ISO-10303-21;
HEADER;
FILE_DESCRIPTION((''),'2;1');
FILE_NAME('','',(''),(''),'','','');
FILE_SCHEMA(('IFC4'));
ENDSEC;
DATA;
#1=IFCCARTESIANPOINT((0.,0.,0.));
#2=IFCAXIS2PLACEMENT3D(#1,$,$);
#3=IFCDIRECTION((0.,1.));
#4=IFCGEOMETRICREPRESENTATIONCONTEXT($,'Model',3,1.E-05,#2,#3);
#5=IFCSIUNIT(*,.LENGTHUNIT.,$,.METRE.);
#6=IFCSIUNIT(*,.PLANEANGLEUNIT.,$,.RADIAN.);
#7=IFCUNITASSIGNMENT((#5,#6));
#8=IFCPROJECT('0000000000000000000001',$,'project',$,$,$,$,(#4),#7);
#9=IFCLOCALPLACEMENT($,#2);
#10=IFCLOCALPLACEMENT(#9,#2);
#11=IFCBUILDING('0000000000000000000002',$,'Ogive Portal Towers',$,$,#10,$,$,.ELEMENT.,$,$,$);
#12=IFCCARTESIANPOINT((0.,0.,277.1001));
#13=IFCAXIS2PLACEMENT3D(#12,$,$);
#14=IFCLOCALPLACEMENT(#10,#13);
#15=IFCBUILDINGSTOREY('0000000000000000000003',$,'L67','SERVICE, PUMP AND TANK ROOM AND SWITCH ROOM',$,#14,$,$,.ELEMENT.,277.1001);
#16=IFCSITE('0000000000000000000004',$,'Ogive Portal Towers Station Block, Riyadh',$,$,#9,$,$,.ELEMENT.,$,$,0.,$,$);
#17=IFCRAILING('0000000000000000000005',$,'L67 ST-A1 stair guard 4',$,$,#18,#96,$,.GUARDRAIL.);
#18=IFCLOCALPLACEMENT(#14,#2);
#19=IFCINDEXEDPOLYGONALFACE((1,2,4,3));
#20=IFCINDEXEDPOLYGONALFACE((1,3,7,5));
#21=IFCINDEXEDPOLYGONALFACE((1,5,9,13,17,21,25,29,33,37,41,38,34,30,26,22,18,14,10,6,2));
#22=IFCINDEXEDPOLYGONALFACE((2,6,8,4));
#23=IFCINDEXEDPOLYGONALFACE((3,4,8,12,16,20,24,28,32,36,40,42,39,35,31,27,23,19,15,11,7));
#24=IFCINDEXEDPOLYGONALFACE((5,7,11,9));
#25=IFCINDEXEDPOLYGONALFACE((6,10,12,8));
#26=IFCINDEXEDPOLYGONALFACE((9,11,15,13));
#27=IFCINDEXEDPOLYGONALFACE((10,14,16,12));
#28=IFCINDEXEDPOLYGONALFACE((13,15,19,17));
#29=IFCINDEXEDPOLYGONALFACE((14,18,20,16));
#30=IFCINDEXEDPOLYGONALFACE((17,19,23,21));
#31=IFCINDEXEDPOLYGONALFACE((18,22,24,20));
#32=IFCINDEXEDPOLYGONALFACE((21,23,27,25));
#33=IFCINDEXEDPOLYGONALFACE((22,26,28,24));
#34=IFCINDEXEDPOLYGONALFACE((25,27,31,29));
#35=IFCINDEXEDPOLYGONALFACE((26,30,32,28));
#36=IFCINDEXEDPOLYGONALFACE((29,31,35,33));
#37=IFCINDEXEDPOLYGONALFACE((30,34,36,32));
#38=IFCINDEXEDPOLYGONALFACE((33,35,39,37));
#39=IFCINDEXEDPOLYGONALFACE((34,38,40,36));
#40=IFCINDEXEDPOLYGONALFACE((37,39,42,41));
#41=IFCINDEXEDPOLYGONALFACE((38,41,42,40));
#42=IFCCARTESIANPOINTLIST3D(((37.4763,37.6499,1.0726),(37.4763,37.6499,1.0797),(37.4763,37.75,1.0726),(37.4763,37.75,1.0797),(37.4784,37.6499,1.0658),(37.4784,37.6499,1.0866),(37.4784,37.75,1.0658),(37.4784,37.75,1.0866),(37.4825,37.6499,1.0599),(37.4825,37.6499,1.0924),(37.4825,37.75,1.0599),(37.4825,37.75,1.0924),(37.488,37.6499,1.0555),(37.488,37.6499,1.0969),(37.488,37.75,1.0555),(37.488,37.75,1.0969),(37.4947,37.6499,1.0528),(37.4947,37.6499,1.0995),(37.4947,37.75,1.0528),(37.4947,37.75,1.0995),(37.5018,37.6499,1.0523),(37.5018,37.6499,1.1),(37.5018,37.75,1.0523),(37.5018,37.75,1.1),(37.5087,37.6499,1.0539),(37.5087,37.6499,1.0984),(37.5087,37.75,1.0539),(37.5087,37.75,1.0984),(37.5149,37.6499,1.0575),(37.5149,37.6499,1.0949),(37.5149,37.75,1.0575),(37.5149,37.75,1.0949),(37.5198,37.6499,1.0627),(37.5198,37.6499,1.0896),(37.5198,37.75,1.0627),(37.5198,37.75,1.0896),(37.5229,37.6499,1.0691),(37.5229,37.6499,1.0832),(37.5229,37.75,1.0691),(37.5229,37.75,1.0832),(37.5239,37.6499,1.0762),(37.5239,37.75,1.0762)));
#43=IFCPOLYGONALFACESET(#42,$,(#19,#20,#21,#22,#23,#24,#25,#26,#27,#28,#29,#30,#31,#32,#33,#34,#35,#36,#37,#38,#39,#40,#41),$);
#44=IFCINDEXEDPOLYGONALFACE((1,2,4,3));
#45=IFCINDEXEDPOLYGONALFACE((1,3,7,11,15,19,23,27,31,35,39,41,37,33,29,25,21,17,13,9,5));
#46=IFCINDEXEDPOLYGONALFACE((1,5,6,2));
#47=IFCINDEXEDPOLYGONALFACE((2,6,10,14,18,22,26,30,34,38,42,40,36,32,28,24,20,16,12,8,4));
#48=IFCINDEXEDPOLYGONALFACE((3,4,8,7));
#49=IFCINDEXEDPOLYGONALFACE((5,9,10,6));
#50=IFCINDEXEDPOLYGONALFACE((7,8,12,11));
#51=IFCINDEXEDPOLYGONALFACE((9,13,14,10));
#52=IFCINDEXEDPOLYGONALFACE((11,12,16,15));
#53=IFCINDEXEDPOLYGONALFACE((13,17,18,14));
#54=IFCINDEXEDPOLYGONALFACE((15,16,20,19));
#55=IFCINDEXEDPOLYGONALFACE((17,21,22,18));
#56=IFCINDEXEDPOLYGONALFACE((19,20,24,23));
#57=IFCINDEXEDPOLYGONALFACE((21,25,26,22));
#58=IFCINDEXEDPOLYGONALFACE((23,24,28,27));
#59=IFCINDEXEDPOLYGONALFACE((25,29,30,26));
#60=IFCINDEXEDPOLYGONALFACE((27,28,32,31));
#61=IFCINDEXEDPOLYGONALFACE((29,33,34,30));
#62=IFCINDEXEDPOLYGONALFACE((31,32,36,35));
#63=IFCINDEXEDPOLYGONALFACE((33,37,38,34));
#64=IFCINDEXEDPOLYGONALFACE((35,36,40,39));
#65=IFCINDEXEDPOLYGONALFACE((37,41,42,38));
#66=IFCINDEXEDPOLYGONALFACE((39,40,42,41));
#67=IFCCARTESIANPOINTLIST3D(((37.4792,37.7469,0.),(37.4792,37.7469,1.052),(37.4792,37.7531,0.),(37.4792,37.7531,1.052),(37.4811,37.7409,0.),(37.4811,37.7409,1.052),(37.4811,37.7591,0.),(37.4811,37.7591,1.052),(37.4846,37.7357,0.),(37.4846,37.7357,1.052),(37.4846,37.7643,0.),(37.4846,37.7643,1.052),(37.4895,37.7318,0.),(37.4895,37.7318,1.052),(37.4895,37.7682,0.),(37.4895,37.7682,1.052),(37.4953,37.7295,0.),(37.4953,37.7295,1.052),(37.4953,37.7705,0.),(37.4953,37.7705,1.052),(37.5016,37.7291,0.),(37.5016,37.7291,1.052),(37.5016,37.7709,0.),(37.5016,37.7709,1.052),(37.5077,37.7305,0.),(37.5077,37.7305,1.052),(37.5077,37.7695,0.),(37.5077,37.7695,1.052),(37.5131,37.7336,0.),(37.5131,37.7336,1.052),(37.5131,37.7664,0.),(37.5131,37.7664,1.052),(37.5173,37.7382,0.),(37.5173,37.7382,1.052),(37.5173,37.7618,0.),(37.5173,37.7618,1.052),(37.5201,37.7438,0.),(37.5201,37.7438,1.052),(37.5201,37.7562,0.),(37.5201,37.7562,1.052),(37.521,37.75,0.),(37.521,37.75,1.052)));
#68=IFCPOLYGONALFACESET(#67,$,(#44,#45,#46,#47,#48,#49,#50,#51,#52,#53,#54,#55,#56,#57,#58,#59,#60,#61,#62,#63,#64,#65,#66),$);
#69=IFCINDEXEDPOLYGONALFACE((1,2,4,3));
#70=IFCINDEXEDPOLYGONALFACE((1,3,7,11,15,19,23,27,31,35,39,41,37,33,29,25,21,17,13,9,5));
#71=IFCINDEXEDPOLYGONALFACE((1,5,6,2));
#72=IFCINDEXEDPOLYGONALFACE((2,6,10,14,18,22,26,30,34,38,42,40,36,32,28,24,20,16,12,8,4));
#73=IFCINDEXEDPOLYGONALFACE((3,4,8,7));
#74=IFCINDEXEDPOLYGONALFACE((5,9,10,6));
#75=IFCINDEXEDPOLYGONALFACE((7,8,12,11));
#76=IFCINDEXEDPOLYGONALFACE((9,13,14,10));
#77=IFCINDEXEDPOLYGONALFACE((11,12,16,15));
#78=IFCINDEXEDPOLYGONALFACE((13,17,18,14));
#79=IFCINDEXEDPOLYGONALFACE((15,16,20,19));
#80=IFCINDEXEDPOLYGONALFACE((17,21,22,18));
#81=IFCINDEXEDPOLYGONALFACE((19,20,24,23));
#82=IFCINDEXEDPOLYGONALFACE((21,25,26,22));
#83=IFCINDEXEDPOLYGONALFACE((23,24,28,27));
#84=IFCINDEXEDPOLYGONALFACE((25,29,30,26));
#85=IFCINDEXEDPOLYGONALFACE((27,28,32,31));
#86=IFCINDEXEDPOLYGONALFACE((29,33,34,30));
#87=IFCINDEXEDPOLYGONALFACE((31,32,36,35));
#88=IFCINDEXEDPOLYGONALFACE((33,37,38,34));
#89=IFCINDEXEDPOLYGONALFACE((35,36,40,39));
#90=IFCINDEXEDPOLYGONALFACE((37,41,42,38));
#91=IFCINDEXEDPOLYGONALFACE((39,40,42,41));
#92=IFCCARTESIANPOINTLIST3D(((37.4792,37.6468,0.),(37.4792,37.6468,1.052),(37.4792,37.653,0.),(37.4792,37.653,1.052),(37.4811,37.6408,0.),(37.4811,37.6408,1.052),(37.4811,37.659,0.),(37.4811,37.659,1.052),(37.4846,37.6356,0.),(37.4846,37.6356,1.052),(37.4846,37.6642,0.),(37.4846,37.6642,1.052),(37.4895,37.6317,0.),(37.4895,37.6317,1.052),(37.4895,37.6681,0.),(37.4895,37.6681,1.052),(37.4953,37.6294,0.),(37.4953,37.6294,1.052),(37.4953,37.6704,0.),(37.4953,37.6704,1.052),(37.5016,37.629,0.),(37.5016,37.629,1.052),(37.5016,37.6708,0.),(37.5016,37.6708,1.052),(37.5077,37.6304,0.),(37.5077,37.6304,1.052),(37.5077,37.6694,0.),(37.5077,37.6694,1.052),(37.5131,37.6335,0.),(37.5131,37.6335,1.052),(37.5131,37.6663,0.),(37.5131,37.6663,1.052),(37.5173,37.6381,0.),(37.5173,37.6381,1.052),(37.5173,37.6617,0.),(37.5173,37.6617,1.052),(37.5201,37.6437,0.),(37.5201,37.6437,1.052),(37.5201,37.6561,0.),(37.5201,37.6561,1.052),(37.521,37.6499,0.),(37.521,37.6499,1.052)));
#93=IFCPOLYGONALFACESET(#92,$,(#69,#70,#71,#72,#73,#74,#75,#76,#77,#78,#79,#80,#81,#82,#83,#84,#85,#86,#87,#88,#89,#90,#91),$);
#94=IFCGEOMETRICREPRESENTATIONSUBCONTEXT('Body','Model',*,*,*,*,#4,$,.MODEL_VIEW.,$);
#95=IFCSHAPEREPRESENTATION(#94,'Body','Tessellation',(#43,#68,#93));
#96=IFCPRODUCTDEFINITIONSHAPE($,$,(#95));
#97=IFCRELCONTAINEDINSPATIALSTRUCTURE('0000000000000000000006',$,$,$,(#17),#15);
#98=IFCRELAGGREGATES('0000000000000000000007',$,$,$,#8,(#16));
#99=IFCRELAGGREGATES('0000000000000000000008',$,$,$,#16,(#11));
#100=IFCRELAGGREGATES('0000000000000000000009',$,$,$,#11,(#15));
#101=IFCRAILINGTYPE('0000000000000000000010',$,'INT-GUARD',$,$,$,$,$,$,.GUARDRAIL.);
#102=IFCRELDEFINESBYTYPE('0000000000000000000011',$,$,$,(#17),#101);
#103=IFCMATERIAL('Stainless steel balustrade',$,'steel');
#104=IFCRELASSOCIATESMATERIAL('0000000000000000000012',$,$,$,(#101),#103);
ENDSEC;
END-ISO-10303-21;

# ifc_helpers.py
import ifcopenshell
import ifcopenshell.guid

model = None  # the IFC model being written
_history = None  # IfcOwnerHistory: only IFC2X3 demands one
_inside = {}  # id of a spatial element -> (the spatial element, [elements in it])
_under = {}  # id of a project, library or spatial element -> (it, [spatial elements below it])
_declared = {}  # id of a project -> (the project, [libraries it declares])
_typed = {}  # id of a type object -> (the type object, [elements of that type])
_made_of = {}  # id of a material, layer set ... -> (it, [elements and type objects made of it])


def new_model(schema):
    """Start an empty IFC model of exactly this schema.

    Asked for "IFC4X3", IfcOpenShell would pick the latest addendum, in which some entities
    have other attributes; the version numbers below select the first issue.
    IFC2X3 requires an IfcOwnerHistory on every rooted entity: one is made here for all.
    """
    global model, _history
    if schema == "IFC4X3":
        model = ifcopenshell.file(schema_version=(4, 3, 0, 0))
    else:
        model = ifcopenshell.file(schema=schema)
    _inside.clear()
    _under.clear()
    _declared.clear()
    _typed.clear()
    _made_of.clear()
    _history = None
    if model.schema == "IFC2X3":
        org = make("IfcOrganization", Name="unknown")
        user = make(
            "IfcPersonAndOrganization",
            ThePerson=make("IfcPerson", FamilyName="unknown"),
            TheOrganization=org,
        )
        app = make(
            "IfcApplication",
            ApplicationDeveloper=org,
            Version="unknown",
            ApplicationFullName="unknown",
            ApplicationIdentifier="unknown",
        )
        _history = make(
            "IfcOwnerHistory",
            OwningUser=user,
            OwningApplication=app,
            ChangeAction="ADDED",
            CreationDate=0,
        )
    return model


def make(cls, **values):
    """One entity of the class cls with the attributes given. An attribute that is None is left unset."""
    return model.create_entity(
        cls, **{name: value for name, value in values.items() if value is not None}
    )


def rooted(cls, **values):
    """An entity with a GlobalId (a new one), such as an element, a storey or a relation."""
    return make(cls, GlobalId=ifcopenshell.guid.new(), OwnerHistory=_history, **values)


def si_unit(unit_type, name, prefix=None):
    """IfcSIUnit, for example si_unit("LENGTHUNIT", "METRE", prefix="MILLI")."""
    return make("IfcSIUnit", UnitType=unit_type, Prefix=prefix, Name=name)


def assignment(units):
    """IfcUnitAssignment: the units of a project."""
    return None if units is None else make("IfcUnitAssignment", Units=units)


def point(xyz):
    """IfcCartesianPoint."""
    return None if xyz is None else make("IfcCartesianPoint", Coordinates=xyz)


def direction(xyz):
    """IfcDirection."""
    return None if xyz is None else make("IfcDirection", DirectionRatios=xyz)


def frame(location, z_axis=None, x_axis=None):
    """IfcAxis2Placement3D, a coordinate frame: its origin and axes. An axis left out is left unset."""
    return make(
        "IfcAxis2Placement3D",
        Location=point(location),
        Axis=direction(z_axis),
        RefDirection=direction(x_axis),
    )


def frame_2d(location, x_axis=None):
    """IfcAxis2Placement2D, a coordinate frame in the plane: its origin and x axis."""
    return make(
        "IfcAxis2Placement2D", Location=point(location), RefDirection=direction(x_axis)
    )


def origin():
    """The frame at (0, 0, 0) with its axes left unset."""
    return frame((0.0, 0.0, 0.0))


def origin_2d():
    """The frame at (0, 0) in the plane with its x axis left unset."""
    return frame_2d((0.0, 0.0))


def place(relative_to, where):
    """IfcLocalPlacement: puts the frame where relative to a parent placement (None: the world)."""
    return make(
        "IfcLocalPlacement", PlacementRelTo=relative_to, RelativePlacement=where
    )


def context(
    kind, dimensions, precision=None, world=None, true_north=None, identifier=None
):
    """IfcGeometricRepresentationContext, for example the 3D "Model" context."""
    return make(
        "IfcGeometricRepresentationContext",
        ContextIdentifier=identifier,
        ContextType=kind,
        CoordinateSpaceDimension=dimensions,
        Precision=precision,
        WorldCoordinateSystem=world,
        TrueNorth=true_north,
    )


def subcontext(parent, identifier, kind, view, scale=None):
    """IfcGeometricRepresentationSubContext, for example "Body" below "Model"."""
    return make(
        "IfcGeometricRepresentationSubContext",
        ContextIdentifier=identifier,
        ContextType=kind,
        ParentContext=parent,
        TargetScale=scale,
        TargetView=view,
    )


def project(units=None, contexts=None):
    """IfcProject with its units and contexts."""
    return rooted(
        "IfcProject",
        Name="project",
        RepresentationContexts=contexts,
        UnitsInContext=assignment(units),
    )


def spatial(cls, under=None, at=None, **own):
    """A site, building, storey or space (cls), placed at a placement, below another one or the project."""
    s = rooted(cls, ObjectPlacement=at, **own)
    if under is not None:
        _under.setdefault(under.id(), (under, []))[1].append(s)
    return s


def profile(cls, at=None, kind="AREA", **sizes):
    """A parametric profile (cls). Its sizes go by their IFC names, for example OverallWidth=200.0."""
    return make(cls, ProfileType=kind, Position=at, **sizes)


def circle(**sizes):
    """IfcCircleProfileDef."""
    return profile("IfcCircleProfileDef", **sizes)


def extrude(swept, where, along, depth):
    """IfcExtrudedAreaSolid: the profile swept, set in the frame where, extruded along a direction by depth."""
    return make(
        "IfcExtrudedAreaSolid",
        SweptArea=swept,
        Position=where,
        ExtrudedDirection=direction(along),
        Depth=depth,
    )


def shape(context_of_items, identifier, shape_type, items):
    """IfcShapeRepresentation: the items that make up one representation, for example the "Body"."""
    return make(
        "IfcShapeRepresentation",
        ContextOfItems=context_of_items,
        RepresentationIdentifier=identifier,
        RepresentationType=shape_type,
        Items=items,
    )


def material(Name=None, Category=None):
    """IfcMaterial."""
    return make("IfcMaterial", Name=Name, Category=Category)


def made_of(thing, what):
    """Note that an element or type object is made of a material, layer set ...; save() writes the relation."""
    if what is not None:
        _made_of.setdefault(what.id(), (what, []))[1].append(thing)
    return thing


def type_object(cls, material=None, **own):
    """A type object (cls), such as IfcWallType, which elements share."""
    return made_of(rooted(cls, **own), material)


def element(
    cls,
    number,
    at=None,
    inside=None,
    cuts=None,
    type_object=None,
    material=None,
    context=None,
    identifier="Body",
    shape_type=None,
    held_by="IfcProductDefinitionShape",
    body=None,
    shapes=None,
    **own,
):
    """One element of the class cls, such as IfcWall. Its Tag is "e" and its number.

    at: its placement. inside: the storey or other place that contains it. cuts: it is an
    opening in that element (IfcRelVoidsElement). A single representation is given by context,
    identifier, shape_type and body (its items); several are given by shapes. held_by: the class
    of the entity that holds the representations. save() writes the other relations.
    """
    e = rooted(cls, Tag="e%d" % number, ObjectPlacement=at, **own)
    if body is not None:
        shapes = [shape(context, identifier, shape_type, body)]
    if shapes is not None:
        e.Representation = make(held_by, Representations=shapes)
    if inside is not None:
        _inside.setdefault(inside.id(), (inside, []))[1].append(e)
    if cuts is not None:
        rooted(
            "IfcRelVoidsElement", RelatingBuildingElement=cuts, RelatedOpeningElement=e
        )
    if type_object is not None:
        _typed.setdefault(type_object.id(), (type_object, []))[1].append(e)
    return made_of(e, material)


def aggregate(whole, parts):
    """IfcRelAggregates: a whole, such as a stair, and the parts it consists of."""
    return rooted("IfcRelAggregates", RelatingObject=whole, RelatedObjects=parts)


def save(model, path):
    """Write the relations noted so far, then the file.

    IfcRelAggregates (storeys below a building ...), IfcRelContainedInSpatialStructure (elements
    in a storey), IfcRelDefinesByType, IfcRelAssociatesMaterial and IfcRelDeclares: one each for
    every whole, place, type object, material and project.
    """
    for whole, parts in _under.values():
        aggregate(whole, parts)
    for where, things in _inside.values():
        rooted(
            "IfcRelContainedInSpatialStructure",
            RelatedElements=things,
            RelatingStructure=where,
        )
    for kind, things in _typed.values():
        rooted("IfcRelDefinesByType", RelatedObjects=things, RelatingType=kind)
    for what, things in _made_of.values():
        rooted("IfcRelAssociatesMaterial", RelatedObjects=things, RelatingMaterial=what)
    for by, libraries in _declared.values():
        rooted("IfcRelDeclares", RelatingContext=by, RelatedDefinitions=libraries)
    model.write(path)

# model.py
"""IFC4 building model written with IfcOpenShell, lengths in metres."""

from ifc_helpers import new_model, si_unit, direction, frame, origin, origin_2d, place, context, subcontext, project, spatial, circle, extrude, material, type_object, element, save


model = new_model("IFC4")

# Units and contexts
model_context = context("Model", 3, precision=1e-05, world=origin(), true_north=direction((0.0, 1.0)))
body_context = subcontext(model_context, "Body", "Model", "MODEL_VIEW")
ifc_project = project(units=[si_unit("LENGTHUNIT", "METRE"), si_unit("PLANEANGLEUNIT", "RADIAN")], contexts=[model_context])

# Site, building, storey
site_placement = place(None, origin())
site = spatial("IfcSite", under=ifc_project, at=site_placement, Name="Ogive Portal Towers Station Block, Riyadh", CompositionType="ELEMENT", RefElevation=0.0)
building_placement = place(site_placement, origin())
building = spatial("IfcBuilding", under=site, at=building_placement, Name="Ogive Portal Towers", CompositionType="ELEMENT")
storey_placement = place(building_placement, frame((0.0, 0.0, 277.1001)))
storey = spatial("IfcBuildingStorey", under=building, at=storey_placement, Name="L67", Description="SERVICE, PUMP AND TANK ROOM AND SWITCH ROOM", CompositionType="ELEMENT", Elevation=277.1001)

# Railing
ifc_material_1 = material(Name="Stainless steel balustrade", Category="steel")
railing_type_1 = type_object("IfcRailingType", Name="INT-GUARD", PredefinedType="GUARDRAIL", material=ifc_material_1)
railing_1_placement = place(storey_placement, frame((37.5, 37.75, 0.0)))
element("IfcRailing", 1, at=railing_1_placement, inside=storey, type_object=railing_type_1, Name="L67 ST-A1 stair guard 4", PredefinedType="GUARDRAIL", context=body_context, shape_type="SweptSolid", body=[
    extrude(circle(Radius=0.0239, at=origin_2d()), frame((0.0, 0.0, 1.0762), z_axis=(0.0, -1.0, 0.0), x_axis=(1.0, 0.0, 0.0)), (0.0, 0.0, 1.0), 0.1001),
    extrude(circle(Radius=0.021, at=origin_2d()), origin(), (0.0, 0.0, 1.0), 1.052),
    extrude(circle(Radius=0.021, at=origin_2d()), frame((0.0, -0.1001, 0.0)), (0.0, 0.0, 1.0), 1.052),
])

save(model, "model.ifc")
